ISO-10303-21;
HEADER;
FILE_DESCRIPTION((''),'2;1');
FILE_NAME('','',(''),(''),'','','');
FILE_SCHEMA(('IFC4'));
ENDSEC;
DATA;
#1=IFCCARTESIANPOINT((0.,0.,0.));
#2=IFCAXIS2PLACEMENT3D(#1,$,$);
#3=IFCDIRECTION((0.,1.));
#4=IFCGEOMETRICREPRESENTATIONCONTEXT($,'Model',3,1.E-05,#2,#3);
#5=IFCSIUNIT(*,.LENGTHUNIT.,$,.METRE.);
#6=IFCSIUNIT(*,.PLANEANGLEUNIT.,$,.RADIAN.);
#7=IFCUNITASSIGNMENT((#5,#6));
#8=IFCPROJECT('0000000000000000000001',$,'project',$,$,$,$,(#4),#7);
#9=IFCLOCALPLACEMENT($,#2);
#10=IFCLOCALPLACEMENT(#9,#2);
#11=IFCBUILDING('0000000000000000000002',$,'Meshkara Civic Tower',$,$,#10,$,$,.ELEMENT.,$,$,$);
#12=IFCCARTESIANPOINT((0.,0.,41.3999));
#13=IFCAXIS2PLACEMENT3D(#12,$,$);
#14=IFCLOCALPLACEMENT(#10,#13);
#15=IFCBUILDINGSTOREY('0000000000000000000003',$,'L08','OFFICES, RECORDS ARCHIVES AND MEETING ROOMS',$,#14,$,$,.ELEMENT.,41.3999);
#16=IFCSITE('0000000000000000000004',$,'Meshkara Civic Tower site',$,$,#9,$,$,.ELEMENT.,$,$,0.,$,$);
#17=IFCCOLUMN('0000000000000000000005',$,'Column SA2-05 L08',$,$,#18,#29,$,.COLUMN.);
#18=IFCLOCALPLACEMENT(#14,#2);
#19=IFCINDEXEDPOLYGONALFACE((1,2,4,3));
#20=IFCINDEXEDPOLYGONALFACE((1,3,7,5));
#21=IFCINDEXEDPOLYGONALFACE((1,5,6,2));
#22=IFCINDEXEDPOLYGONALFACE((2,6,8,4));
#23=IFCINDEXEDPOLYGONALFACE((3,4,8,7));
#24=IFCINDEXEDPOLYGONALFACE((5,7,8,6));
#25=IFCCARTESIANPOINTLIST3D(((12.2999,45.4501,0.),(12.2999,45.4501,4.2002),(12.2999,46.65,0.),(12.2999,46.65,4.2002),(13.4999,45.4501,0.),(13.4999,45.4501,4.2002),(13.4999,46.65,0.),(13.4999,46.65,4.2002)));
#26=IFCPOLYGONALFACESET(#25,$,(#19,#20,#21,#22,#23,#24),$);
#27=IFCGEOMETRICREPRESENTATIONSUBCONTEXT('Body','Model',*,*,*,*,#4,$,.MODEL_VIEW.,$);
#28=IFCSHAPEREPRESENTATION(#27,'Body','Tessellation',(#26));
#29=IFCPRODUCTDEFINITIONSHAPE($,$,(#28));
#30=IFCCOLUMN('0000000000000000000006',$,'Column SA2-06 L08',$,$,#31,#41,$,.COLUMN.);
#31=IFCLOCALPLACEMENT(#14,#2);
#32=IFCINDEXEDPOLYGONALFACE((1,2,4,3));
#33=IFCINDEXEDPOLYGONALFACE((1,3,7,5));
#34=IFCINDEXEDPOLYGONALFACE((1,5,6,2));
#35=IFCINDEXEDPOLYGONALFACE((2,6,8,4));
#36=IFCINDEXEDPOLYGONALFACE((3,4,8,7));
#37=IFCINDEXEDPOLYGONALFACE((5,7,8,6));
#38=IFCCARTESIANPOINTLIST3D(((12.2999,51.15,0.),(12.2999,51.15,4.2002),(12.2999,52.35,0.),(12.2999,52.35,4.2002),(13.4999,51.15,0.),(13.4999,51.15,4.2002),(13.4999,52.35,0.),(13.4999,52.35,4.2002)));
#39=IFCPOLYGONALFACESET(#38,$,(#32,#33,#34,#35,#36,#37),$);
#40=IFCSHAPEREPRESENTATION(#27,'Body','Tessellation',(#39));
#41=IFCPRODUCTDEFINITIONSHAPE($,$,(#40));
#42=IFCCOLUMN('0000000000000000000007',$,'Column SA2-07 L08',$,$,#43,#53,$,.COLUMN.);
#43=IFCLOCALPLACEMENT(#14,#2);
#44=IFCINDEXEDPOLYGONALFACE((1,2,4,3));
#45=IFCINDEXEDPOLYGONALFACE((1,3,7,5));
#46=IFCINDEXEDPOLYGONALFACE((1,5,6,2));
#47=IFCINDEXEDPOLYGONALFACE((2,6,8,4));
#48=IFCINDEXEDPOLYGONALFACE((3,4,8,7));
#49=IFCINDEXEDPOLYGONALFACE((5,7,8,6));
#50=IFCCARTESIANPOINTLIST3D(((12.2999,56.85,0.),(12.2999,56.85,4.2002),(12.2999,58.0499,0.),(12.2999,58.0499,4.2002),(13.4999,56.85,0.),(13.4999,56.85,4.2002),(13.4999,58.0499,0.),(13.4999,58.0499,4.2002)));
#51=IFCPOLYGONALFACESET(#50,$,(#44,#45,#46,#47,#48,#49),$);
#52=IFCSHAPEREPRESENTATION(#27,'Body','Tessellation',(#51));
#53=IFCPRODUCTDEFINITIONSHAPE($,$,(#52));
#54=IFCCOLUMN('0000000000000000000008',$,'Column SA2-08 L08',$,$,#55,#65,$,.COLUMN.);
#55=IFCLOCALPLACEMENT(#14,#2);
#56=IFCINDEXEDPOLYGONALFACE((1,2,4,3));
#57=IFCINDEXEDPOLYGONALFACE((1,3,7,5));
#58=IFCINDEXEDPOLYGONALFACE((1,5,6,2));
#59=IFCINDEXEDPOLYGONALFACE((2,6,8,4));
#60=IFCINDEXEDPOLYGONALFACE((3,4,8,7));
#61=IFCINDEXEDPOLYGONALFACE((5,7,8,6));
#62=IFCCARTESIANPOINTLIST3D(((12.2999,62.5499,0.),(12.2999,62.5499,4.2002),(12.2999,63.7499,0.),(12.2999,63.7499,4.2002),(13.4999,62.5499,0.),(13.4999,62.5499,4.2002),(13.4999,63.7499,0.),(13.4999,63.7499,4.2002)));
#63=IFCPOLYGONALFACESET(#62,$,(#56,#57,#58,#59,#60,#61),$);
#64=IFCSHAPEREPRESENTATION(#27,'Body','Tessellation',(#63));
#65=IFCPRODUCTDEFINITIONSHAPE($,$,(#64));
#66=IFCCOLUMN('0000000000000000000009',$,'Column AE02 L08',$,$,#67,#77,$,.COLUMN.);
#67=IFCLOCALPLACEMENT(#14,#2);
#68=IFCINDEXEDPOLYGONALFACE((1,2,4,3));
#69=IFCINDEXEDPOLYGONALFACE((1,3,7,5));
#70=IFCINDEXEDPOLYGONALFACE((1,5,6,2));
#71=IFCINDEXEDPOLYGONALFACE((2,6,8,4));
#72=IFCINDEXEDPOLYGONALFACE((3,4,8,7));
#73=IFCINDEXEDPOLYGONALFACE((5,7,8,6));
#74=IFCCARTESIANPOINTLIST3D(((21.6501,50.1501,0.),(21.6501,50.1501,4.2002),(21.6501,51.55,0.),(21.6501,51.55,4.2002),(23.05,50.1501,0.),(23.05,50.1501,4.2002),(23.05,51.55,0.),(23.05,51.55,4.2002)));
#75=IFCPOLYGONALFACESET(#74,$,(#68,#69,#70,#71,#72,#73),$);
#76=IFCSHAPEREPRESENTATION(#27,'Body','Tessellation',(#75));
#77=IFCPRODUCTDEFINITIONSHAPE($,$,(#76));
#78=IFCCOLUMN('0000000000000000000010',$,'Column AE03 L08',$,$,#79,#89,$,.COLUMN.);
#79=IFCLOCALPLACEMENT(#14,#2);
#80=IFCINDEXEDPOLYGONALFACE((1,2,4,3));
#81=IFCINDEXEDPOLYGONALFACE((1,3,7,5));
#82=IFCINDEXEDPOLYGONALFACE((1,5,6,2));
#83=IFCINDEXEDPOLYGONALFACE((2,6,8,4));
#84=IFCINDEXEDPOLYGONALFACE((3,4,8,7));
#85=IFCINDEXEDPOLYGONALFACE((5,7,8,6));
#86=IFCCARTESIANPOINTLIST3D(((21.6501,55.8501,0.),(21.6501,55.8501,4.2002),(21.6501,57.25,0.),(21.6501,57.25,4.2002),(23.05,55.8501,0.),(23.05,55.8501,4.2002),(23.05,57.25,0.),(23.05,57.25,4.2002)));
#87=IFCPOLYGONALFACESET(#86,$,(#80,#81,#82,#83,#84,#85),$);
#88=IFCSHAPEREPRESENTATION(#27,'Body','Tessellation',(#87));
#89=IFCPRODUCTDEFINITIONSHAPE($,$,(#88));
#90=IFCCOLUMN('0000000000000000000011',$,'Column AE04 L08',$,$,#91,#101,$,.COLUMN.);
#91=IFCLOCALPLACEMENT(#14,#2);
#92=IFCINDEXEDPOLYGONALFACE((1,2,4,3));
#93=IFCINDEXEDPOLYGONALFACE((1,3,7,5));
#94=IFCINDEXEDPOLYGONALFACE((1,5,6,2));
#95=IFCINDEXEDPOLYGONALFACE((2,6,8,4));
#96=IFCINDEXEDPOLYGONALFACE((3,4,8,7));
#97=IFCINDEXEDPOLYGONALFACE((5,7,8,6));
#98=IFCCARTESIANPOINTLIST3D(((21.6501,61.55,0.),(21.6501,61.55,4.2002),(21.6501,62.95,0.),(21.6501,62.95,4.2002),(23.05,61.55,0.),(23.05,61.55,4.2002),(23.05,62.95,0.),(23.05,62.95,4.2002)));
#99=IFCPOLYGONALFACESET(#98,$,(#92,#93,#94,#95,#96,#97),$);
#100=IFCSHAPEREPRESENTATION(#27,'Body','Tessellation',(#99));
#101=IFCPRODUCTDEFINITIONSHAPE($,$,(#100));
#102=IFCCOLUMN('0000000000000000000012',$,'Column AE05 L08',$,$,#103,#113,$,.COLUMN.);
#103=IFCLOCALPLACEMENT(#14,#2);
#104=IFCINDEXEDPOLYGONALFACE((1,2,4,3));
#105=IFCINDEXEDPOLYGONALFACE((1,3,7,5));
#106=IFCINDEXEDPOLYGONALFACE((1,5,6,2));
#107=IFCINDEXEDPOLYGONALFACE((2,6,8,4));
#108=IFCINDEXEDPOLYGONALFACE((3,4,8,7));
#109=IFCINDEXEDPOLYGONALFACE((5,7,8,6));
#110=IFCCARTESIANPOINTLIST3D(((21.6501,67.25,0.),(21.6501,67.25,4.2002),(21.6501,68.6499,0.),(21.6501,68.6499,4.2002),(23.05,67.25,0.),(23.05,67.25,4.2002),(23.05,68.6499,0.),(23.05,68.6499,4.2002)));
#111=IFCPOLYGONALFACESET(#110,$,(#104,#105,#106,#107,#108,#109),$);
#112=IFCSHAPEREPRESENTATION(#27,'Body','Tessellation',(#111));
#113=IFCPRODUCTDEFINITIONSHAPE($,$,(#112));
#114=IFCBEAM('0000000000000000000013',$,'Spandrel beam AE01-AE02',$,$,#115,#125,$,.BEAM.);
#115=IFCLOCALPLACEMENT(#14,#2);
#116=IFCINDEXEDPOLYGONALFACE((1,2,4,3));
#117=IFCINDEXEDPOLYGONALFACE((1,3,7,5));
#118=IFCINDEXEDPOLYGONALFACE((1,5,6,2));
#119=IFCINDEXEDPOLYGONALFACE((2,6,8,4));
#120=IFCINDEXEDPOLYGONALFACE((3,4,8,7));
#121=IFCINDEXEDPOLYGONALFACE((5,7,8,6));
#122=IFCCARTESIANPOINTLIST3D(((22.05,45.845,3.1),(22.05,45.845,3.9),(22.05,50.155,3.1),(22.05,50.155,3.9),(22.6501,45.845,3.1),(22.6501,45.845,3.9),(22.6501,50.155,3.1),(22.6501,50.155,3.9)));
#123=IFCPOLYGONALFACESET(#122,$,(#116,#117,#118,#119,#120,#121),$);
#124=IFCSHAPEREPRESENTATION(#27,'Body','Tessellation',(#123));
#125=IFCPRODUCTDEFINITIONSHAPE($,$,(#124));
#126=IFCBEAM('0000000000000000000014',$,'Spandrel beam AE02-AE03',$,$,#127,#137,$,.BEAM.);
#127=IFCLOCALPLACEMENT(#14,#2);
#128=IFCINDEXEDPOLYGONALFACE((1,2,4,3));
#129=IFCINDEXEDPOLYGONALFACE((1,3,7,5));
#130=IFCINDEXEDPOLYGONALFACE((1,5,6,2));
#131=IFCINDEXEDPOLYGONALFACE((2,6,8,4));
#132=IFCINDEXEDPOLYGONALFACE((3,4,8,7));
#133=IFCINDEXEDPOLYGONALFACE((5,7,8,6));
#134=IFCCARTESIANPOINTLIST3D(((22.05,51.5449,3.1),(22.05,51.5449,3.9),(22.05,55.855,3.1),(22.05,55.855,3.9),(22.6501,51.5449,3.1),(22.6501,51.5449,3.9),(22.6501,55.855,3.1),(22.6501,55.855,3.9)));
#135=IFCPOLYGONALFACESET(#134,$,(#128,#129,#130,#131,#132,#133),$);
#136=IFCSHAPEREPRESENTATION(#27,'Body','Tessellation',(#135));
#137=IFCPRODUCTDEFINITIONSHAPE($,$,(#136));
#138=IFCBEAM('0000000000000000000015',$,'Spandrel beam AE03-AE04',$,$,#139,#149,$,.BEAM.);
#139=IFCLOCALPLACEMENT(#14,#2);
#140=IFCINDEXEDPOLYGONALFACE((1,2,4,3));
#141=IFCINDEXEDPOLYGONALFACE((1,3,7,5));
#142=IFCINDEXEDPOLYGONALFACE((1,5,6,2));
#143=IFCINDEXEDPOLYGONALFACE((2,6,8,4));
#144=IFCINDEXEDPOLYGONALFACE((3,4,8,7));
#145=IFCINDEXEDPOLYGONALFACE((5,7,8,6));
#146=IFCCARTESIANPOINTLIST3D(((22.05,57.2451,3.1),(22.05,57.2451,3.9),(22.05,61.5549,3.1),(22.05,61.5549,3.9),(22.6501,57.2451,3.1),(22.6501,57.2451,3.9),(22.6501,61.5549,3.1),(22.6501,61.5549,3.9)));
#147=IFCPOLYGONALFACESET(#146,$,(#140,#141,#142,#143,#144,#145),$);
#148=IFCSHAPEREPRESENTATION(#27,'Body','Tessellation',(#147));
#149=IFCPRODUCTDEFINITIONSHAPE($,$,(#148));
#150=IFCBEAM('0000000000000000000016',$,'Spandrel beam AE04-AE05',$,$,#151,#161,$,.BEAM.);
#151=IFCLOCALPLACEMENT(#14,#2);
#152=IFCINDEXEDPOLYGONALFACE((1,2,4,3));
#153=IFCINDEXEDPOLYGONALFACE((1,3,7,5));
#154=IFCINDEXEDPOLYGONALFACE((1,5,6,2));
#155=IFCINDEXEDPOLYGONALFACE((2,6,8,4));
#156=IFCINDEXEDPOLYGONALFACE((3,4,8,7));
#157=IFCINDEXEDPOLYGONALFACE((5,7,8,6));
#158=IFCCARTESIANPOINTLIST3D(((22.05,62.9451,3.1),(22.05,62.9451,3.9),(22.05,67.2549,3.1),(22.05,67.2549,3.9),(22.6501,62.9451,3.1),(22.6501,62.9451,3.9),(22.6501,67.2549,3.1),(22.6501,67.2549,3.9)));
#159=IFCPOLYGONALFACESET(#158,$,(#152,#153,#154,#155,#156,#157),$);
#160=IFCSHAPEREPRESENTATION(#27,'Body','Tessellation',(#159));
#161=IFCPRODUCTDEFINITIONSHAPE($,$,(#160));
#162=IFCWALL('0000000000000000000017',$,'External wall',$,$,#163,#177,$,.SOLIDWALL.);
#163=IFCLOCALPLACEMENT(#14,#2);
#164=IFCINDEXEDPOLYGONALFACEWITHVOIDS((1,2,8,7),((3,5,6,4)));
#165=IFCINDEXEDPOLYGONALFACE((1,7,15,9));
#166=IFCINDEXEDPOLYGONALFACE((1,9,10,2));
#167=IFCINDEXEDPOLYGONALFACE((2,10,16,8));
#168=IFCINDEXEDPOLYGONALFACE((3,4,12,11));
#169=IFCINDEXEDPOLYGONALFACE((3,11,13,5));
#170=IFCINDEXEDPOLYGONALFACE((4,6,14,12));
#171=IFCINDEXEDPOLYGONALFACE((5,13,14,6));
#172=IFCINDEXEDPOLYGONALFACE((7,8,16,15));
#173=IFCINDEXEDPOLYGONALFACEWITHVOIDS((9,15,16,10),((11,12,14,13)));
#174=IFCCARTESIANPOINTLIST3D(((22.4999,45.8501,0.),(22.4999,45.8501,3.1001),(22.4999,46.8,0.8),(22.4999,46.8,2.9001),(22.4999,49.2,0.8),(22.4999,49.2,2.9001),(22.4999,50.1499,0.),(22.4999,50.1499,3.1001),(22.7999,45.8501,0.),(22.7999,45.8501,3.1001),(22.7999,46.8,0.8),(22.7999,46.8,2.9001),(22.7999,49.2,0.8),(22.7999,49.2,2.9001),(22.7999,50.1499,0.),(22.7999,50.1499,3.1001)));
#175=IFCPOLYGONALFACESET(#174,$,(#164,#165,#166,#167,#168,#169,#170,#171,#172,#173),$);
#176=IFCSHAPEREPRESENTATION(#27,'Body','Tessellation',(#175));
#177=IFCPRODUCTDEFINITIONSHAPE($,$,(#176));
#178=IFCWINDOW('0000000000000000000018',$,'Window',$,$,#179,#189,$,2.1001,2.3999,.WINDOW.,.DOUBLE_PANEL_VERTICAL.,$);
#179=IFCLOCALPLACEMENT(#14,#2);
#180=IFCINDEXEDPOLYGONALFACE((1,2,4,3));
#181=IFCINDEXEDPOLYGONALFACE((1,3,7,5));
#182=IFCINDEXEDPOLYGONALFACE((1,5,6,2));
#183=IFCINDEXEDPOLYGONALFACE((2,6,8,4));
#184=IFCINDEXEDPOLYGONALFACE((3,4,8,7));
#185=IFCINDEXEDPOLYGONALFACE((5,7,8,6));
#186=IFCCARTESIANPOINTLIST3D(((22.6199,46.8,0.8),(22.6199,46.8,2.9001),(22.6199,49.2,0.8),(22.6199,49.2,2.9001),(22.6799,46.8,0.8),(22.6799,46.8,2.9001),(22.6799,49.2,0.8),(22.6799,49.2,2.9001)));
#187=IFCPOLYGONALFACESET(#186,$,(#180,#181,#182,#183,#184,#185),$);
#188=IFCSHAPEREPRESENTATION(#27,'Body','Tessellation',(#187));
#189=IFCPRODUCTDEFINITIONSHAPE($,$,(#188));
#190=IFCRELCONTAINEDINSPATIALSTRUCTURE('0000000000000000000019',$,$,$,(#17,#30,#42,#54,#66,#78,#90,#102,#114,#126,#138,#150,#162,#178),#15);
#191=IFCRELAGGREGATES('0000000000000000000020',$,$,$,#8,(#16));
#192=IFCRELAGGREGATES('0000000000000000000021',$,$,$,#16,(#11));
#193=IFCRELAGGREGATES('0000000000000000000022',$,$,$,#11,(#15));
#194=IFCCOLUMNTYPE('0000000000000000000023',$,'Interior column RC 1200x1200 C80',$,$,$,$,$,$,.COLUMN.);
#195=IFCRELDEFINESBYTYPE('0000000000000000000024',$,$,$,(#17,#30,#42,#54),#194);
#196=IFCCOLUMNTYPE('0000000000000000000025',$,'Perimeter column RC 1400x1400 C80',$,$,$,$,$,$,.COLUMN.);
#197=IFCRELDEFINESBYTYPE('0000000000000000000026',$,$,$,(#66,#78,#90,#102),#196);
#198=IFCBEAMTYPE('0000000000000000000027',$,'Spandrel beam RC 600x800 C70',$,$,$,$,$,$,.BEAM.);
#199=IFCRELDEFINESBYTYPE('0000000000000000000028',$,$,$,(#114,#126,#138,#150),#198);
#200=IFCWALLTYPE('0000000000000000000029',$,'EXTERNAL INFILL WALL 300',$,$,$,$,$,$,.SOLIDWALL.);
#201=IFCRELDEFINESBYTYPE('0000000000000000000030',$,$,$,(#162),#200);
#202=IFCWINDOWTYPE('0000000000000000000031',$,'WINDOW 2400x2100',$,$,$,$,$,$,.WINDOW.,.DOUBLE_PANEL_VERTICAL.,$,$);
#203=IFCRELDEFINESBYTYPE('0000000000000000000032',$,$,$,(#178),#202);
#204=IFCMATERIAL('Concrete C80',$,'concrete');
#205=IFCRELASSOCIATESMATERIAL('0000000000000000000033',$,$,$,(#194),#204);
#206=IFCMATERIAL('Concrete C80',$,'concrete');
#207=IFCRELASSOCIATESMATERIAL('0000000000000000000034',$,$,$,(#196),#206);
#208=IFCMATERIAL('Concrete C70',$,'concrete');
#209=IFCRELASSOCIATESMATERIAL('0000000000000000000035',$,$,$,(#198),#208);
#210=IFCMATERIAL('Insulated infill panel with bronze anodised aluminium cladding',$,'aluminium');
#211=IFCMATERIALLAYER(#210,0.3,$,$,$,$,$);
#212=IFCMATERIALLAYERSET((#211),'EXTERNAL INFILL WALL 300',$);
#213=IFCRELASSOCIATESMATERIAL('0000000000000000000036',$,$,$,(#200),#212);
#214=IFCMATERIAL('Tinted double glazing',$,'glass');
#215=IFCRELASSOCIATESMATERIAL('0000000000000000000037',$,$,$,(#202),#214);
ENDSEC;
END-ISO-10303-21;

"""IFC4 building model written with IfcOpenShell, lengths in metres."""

from ifc_helpers import new_model, si_unit, direction, frame, frame_2d, origin, origin_2d, place, context, subcontext, project, spatial, rectangle, extrude, material, layer, layer_set, material_profile, profile_set, type_object, element, fill, save


model = new_model("IFC4")

# Units and contexts
model_context = context("Model", 3, precision=1e-05, world=origin(), true_north=direction((0.0, 1.0)))
body_context = subcontext(model_context, "Body", "Model", "MODEL_VIEW")
ifc_project = project(units=[si_unit("LENGTHUNIT", "METRE"), si_unit("PLANEANGLEUNIT", "RADIAN")], contexts=[model_context])

# Site, building, storey
site_placement = place(None, origin())
site = spatial("IfcSite", under=ifc_project, at=site_placement, Name="Meshkara Civic Tower site", CompositionType="ELEMENT", RefElevation=0.0)
building_placement = place(site_placement, origin())
building = spatial("IfcBuilding", under=site, at=building_placement, Name="Meshkara Civic Tower", CompositionType="ELEMENT")
storey_placement = place(building_placement, frame((0.0, 0.0, 41.3999)))
storey = spatial("IfcBuildingStorey", under=building, at=storey_placement, Name="L08", Description="OFFICES, RECORDS ARCHIVES AND MEETING ROOMS", CompositionType="ELEMENT", Elevation=41.3999)

# Columns
ifc_material_1 = material(Name="Concrete C80", Category="concrete")
ifc_material_profile_1 = material_profile(ifc_material_1, rectangle(XDim=1.2, YDim=1.2, at=origin_2d()))
ifc_profile_set_1 = profile_set([ifc_material_profile_1], Name="Concrete C80")
column_type_1 = type_object("IfcColumnType", Name="Interior column RC 1200x1200 C80", PredefinedType="COLUMN", material=ifc_profile_set_1)
for number, where, z_axis, x_axis, name in (
    (1, (12.8999, 46.05, 0.0), (0.0, 0.0, 1.0), (1.0, 0.0, 0.0), "Column SA2-05 L08"),
    (2, (12.8999, 51.75, 0.0), (0.0, 0.0, 1.0), (1.0, 0.0, 0.0), "Column SA2-06 L08"),
    (3, (12.8999, 57.45, 0.0), (0.0, 0.0, 1.0), (1.0, 0.0, 0.0), "Column SA2-07 L08"),
    (4, (12.8999, 63.1499, 0.0), (0.0, 0.0, 1.0), (1.0, 0.0, 0.0), "Column SA2-08 L08"),
):
    element("IfcColumn", number, at=place(storey_placement, frame(where, z_axis=z_axis, x_axis=x_axis)), inside=storey, type_object=column_type_1, Name=name, PredefinedType="COLUMN", context=body_context, shape_type="SweptSolid", body=[
        extrude(rectangle(XDim=1.2, YDim=1.2, at=origin_2d()), origin(), (0.0, 0.0, 1.0), 4.2002),
    ])
ifc_material_2 = material(Name="Concrete C80", Category="concrete")
ifc_material_profile_2 = material_profile(ifc_material_2, rectangle(XDim=1.3999, YDim=1.3999, at=origin_2d()))
ifc_profile_set_2 = profile_set([ifc_material_profile_2], Name="Concrete C80")
column_type_2 = type_object("IfcColumnType", Name="Perimeter column RC 1400x1400 C80", PredefinedType="COLUMN", material=ifc_profile_set_2)
for number, where, z_axis, x_axis, name in (
    (5, (22.3501, 50.8501, 0.0), (0.0, 0.0, 1.0), (1.0, 0.0, 0.0), "Column AE02 L08"),
    (6, (22.3501, 56.55, 0.0), (0.0, 0.0, 1.0), (1.0, 0.0, 0.0), "Column AE03 L08"),
    (7, (22.3501, 62.25, 0.0), (0.0, 0.0, 1.0), (1.0, 0.0, 0.0), "Column AE04 L08"),
    (8, (22.3501, 67.95, 0.0), (0.0, 0.0, 1.0), (1.0, 0.0, 0.0), "Column AE05 L08"),
):
    element("IfcColumn", number, at=place(storey_placement, frame(where, z_axis=z_axis, x_axis=x_axis)), inside=storey, type_object=column_type_2, Name=name, PredefinedType="COLUMN", context=body_context, shape_type="SweptSolid", body=[
        extrude(rectangle(XDim=1.3999, YDim=1.3999, at=origin_2d()), origin(), (0.0, 0.0, 1.0), 4.2002),
    ])

# Beams
ifc_material_3 = material(Name="Concrete C70", Category="concrete")
ifc_material_profile_3 = material_profile(ifc_material_3, rectangle(XDim=0.6001, YDim=0.8, at=origin_2d()))
ifc_profile_set_3 = profile_set([ifc_material_profile_3], Name="Concrete C70")
beam_type = type_object("IfcBeamType", Name="Spandrel beam RC 600x800 C70", PredefinedType="BEAM", material=ifc_profile_set_3)
for number, where, z_axis, x_axis, name in (
    (9, (22.3501, 45.845, 3.5), (0.0, 1.0, 0.0), (-1.0, 0.0, 0.0), "Spandrel beam AE01-AE02"),
    (10, (22.3501, 51.5449, 3.5), (0.0, 1.0, 0.0), (-1.0, 0.0, 0.0), "Spandrel beam AE02-AE03"),
):
    element("IfcBeam", number, at=place(storey_placement, frame(where, z_axis=z_axis, x_axis=x_axis)), inside=storey, type_object=beam_type, Name=name, PredefinedType="BEAM", context=body_context, shape_type="SweptSolid", body=[
        extrude(rectangle(XDim=0.6001, YDim=0.8, at=origin_2d()), origin(), (0.0, 0.0, 1.0), 4.3101),
    ])
for number, where, z_axis, x_axis, name in (
    (11, (22.3501, 57.2451, 3.5), (0.0, 1.0, 0.0), (-1.0, 0.0, 0.0), "Spandrel beam AE03-AE04"),
    (12, (22.3501, 62.9451, 3.5), (0.0, 1.0, 0.0), (-1.0, 0.0, 0.0), "Spandrel beam AE04-AE05"),
):
    element("IfcBeam", number, at=place(storey_placement, frame(where, z_axis=z_axis, x_axis=x_axis)), inside=storey, type_object=beam_type, Name=name, PredefinedType="BEAM", context=body_context, shape_type="SweptSolid", body=[
        extrude(rectangle(XDim=0.6001, YDim=0.8, at=origin_2d()), origin(), (0.0, 0.0, 1.0), 4.3098),
    ])

# Wall, opening, window
ifc_material_4 = material(Name="Insulated infill panel with bronze anodised aluminium cladding", Category="aluminium")
ifc_layer_1 = layer(ifc_material_4, 0.3)
ifc_layer_set_1 = layer_set([ifc_layer_1], Name="EXTERNAL INFILL WALL 300")
wall_type_1 = type_object("IfcWallType", Name="EXTERNAL INFILL WALL 300", PredefinedType="SOLIDWALL", material=ifc_layer_set_1)
wall_1_placement = place(storey_placement, frame((22.6499, 45.8501, 0.0), z_axis=(0.0, 0.0, 1.0), x_axis=(0.0, 1.0, 0.0)))
wall_1 = element("IfcWall", 13, at=wall_1_placement, inside=storey, type_object=wall_type_1, Name="External wall", PredefinedType="SOLIDWALL", context=body_context, shape_type="SweptSolid", body=[
    extrude(rectangle(XDim=4.2998, YDim=0.3, at=frame_2d((2.1499, 0.0))), origin(), (0.0, 0.0, 1.0), 3.1001),
])
opening_1_placement = place(wall_1_placement, frame((0.95, 0.0, 0.8)))
opening_1 = element("IfcOpeningElement", 14, at=opening_1_placement, cuts=wall_1, PredefinedType="OPENING", context=body_context, shape_type="SweptSolid", body=[
    extrude(rectangle(XDim=2.3999, YDim=2.1001, at=frame_2d((1.2, 1.05))), frame((0.0, 0.1599, 0.0), z_axis=(0.0, -1.0, 0.0), x_axis=(1.0, 0.0, 0.0)), (0.0, 0.0, 1.0), 0.3201),
])
ifc_material_5 = material(Name="Tinted double glazing", Category="glass")
window_type = type_object("IfcWindowType", Name="WINDOW 2400x2100", PartitioningType="DOUBLE_PANEL_VERTICAL", PredefinedType="WINDOW", material=ifc_material_5)
window_1_placement = place(opening_1_placement, origin())
window_1 = element("IfcWindow", 15, at=window_1_placement, inside=storey, type_object=window_type, Name="Window", OverallHeight=2.1001, OverallWidth=2.3999, PartitioningType="DOUBLE_PANEL_VERTICAL", PredefinedType="WINDOW", context=body_context, shape_type="SweptSolid", body=[
    extrude(rectangle(XDim=2.3999, YDim=2.1001, at=frame_2d((1.2, 1.05))), frame((0.0, 0.03, 0.0), z_axis=(0.0, -1.0, 0.0), x_axis=(1.0, 0.0, 0.0)), (0.0, 0.0, 1.0), 0.0601),
])
fill(opening_1, window_1)

save(model, "model.ifc")
